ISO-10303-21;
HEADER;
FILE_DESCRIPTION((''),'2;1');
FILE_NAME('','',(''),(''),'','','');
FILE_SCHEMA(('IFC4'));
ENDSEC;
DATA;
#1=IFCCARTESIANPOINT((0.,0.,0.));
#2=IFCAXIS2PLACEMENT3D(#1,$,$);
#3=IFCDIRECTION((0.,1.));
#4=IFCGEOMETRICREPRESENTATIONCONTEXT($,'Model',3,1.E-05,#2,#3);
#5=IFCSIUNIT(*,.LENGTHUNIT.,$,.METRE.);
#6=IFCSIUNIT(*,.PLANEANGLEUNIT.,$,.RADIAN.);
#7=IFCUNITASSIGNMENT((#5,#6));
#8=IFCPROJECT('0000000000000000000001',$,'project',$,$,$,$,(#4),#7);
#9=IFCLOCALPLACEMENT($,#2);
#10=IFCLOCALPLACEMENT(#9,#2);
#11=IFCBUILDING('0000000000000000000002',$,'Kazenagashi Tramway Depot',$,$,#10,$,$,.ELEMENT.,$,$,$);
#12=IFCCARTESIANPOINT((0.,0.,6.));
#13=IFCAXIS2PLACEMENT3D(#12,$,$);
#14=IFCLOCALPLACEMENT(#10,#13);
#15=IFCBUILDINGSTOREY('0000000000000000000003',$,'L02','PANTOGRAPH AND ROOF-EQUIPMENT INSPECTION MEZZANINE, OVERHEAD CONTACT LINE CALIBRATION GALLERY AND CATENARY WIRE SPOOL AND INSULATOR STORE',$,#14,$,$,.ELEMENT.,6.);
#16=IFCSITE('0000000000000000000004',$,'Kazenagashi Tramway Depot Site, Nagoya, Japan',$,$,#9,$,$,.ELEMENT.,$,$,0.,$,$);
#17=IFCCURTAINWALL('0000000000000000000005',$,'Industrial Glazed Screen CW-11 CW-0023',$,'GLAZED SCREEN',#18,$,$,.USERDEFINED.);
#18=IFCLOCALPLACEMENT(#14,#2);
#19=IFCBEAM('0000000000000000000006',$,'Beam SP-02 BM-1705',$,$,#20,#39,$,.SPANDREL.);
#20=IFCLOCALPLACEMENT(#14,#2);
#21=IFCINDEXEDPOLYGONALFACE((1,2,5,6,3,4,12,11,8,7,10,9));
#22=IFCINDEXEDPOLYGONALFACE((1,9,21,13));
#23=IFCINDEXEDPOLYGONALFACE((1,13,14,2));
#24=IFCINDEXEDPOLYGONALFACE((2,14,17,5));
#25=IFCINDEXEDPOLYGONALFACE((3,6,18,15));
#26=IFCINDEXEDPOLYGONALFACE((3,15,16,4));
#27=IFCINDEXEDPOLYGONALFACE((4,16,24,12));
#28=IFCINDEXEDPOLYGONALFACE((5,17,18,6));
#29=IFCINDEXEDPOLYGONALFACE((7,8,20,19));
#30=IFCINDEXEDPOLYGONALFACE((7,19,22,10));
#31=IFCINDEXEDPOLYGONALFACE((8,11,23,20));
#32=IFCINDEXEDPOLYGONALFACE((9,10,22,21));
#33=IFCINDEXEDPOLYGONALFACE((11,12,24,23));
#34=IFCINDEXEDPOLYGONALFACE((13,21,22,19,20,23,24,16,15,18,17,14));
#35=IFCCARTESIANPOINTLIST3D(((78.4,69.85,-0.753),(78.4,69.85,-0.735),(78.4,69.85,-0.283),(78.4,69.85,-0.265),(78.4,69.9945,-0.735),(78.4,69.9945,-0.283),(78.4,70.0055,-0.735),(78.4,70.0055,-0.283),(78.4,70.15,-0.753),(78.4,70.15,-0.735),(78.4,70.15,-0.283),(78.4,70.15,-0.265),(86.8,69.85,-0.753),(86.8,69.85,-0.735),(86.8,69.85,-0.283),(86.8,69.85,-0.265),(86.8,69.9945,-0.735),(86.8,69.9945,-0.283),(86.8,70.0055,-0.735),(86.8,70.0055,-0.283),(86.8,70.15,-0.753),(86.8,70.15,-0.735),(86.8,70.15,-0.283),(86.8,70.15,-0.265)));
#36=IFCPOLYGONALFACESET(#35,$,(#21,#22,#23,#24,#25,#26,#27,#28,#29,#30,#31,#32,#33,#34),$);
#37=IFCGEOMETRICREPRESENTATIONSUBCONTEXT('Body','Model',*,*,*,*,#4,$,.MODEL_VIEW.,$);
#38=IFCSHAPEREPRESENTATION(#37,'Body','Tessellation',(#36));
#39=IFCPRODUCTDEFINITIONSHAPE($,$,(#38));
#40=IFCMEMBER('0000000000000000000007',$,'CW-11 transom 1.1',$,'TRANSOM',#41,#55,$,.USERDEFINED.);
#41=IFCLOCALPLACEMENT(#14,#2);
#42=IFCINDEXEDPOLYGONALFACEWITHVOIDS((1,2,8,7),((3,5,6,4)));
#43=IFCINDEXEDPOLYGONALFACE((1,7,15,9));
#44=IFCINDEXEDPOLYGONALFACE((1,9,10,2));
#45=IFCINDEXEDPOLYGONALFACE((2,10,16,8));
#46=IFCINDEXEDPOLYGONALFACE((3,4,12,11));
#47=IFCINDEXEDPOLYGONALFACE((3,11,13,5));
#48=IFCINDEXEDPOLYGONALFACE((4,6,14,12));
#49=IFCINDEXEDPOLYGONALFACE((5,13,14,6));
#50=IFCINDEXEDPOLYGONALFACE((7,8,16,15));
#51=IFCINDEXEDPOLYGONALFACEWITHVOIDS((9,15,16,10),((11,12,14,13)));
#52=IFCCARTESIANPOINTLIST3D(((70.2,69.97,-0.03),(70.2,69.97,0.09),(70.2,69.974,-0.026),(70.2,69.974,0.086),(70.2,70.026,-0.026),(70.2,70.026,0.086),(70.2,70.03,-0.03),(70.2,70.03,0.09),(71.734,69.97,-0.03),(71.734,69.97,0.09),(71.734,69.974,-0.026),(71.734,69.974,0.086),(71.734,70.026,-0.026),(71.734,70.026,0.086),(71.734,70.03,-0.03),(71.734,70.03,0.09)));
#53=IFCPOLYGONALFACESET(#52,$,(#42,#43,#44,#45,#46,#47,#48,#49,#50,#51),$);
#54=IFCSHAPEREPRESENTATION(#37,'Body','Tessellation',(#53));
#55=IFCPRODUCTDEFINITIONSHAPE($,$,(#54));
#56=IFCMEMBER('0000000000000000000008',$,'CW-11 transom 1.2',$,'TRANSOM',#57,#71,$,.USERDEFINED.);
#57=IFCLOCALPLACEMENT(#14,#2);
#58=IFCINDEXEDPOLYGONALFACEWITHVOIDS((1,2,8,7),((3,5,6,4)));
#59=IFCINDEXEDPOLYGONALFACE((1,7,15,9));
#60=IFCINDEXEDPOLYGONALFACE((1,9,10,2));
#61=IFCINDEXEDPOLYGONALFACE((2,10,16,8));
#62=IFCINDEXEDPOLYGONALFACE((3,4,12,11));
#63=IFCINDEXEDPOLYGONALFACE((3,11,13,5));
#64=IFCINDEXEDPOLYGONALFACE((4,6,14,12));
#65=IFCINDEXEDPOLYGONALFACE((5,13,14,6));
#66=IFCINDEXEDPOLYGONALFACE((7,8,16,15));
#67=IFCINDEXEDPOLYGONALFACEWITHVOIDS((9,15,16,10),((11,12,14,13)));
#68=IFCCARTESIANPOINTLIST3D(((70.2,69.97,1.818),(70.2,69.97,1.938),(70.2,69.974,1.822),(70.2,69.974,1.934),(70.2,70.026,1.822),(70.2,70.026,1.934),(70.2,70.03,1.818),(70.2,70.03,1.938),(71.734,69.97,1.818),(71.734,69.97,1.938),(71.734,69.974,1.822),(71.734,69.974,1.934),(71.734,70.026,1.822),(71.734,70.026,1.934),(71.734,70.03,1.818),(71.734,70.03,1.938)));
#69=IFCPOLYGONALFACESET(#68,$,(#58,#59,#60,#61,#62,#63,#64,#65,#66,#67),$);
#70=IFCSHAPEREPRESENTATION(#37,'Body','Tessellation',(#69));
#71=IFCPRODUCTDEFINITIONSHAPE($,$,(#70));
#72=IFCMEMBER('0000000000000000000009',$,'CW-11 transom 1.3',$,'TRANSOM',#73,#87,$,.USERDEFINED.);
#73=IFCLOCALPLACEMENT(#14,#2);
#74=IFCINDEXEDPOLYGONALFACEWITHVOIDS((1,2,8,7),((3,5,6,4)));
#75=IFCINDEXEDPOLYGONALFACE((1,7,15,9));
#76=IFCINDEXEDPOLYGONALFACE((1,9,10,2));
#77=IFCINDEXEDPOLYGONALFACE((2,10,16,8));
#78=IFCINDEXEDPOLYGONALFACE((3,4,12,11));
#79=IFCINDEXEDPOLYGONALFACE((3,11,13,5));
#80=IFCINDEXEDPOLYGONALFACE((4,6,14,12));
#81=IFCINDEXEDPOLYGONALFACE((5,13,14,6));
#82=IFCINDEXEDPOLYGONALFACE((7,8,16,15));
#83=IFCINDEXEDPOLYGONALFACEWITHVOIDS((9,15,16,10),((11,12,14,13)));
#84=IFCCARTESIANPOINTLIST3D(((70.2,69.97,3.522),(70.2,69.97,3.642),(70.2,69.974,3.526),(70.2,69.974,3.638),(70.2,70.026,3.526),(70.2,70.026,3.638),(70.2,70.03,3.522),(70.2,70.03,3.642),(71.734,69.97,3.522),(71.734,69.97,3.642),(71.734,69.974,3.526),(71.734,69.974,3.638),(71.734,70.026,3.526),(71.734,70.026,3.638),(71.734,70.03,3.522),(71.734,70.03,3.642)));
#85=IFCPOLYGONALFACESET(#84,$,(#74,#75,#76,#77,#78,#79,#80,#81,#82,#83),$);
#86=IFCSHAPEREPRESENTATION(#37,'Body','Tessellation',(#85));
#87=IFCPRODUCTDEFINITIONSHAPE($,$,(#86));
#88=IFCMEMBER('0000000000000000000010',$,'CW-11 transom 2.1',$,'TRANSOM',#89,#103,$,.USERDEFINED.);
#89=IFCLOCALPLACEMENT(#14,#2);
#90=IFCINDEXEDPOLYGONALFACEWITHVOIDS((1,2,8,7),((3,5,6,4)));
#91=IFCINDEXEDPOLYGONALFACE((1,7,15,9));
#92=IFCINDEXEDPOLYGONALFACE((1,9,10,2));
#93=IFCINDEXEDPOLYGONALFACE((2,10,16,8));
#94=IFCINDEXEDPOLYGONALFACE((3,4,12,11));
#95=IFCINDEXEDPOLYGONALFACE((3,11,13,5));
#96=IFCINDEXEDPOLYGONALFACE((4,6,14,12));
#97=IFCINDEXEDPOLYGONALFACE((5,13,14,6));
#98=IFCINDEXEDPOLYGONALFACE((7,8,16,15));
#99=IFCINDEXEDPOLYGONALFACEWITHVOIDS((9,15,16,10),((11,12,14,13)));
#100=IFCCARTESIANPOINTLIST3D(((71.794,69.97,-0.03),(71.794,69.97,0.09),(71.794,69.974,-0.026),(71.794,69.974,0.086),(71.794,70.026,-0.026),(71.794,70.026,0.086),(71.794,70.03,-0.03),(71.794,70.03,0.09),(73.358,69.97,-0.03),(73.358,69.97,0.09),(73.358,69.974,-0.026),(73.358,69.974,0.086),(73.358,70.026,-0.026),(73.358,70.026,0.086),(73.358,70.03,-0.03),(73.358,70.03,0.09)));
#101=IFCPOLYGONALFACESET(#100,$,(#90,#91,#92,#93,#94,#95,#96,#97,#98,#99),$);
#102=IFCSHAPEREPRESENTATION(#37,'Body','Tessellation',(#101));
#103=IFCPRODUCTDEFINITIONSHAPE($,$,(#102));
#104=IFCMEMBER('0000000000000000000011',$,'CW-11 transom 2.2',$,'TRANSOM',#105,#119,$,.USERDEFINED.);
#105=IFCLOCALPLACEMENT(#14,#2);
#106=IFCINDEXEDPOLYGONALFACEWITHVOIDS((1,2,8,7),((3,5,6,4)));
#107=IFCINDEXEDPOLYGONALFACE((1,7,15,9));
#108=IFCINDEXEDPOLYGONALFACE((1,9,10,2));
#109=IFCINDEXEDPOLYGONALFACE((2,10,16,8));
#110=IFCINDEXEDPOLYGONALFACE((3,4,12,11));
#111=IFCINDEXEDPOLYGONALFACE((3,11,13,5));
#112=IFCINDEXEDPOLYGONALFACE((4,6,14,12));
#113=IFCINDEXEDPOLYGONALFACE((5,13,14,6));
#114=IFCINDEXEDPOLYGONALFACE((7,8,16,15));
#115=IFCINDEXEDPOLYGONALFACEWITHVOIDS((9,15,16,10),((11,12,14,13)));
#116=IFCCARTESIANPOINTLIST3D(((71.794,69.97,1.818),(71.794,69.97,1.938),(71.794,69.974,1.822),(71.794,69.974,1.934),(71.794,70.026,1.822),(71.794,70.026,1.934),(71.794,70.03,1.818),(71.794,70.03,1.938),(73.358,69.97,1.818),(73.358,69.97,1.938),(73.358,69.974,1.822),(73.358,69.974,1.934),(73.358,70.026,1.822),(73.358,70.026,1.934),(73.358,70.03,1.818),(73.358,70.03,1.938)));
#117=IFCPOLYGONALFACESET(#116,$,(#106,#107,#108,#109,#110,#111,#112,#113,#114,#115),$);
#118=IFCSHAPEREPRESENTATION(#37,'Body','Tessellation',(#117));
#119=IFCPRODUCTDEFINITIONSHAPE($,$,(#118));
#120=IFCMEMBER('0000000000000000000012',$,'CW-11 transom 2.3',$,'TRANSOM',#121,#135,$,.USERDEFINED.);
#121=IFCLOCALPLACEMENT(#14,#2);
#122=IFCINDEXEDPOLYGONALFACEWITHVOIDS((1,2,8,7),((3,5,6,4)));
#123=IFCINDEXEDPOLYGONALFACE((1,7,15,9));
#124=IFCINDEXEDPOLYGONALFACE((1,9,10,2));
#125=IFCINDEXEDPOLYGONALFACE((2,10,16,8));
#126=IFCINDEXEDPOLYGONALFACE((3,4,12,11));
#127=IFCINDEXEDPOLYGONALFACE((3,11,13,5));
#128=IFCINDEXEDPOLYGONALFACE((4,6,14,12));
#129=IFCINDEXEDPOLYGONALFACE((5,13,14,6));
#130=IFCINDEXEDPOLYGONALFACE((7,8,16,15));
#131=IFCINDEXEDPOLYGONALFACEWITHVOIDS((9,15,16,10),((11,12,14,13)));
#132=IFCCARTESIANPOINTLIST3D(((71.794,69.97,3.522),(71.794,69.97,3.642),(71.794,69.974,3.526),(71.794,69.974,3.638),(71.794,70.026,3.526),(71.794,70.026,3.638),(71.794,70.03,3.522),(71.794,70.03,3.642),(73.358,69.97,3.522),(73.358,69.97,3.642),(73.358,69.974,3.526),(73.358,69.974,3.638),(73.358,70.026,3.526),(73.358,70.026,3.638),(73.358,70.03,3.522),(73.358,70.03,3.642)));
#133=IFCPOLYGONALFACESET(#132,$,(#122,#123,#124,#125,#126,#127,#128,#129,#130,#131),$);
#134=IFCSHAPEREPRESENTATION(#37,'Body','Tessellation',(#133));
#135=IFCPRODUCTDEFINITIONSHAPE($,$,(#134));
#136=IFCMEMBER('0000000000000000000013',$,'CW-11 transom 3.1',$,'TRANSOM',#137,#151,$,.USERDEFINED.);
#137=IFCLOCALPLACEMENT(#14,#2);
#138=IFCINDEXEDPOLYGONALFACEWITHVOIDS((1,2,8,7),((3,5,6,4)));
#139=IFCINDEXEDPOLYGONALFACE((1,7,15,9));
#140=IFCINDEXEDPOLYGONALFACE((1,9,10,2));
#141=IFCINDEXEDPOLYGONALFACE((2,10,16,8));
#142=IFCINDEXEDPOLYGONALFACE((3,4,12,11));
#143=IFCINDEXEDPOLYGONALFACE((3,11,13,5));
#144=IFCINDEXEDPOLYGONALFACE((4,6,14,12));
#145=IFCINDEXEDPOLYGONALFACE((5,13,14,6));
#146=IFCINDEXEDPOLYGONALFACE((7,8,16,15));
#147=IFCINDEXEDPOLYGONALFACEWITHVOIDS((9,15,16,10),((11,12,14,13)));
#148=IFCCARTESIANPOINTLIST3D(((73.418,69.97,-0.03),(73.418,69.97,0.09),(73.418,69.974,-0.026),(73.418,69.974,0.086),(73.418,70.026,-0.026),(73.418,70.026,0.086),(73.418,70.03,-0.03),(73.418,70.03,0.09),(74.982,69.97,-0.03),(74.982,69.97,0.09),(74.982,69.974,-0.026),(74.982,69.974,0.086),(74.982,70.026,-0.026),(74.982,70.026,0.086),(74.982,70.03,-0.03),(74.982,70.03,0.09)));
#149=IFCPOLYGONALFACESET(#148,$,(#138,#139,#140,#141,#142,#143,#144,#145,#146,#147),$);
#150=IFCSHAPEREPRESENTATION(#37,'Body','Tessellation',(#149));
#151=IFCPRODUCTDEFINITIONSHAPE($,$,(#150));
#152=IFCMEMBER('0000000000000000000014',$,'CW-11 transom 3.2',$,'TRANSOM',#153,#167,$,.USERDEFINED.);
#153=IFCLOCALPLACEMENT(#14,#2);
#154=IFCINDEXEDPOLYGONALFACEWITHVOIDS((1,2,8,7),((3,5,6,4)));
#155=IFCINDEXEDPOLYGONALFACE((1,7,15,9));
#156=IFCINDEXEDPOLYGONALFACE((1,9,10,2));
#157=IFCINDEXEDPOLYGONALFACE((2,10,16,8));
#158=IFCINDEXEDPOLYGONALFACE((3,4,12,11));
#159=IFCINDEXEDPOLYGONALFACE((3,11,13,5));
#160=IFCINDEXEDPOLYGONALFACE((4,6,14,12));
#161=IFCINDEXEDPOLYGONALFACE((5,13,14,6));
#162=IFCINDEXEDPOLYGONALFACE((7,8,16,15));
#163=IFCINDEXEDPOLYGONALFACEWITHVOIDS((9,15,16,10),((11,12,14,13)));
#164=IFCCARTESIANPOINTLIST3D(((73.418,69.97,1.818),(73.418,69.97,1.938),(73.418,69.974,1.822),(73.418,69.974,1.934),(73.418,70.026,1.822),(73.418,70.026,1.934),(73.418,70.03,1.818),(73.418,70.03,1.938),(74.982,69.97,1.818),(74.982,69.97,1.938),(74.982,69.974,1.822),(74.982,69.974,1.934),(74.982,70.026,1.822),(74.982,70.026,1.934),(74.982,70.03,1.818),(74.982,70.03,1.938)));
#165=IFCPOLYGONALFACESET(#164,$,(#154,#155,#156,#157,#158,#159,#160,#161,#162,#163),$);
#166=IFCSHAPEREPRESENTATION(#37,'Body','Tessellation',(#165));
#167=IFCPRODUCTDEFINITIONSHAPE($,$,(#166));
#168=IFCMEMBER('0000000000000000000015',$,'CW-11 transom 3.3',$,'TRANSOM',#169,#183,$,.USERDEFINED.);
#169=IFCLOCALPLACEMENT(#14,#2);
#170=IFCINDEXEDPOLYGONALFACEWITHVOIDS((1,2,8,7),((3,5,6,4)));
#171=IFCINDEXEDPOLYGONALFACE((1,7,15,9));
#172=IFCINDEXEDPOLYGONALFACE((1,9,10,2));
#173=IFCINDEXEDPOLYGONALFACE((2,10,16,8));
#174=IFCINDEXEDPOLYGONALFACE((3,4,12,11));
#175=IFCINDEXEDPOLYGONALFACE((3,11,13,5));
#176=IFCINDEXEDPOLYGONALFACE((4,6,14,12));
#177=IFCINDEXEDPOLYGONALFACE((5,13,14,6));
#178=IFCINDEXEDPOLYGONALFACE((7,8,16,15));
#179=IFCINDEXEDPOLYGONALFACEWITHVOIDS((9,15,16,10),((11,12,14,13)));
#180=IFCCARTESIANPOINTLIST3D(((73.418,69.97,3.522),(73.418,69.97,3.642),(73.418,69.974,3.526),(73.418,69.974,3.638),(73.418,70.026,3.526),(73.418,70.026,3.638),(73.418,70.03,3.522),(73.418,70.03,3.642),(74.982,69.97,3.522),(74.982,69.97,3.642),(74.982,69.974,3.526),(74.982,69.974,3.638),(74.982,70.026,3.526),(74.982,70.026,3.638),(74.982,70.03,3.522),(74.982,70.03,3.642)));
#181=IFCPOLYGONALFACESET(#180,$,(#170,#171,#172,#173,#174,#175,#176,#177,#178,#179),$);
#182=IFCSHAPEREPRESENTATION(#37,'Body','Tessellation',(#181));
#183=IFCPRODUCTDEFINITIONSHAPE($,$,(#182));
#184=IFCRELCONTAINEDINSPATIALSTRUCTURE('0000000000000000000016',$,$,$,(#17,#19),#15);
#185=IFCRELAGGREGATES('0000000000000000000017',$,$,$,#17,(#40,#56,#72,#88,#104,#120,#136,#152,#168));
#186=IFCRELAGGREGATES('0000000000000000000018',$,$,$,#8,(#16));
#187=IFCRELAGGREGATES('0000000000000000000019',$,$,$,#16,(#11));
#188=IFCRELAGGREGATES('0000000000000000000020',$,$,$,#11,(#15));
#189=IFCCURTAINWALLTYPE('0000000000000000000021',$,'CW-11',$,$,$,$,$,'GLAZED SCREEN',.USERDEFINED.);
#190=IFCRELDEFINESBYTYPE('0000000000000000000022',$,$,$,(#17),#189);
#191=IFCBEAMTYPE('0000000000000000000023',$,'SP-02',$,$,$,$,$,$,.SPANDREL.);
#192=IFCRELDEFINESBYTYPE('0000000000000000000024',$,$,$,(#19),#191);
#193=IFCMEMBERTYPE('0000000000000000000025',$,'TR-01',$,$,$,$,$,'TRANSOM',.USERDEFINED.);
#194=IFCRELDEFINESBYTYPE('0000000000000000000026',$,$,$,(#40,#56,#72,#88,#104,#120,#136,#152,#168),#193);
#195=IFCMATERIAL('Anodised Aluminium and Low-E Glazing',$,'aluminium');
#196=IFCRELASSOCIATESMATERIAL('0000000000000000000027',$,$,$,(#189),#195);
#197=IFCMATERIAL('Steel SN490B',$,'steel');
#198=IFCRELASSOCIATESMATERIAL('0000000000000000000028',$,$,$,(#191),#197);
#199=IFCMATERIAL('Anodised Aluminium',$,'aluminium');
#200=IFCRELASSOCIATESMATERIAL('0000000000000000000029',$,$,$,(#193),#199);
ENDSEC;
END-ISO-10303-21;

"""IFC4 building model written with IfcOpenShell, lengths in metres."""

from ifc_helpers import new_model, si_unit, direction, frame, origin, origin_2d, place, context, subcontext, project, spatial, hollow_rectangle, i_section, extrude, material, material_profile, profile_set, type_object, element, aggregate, save


model = new_model("IFC4")

# Units and contexts
model_context = context("Model", 3, precision=1e-05, world=origin(), true_north=direction((0.0, 1.0)))
body_context = subcontext(model_context, "Body", "Model", "MODEL_VIEW")
ifc_project = project(units=[si_unit("LENGTHUNIT", "METRE"), si_unit("PLANEANGLEUNIT", "RADIAN")], contexts=[model_context])

# Site, building, storey
site_placement = place(None, origin())
site = spatial("IfcSite", under=ifc_project, at=site_placement, Name="Kazenagashi Tramway Depot Site, Nagoya, Japan", CompositionType="ELEMENT", RefElevation=0.0)
building_placement = place(site_placement, origin())
building = spatial("IfcBuilding", under=site, at=building_placement, Name="Kazenagashi Tramway Depot", CompositionType="ELEMENT")
storey_placement = place(building_placement, frame((0.0, 0.0, 6.0)))
storey = spatial("IfcBuildingStorey", under=building, at=storey_placement, Name="L02", Description="PANTOGRAPH AND ROOF-EQUIPMENT INSPECTION MEZZANINE, OVERHEAD CONTACT LINE CALIBRATION GALLERY AND CATENARY WIRE SPOOL AND INSULATOR STORE", CompositionType="ELEMENT", Elevation=6.0)

# Shared definitions
ifc_material_1 = material(Name="Steel SN490B", Category="steel")

# Curtain wall
ifc_material_2 = material(Name="Anodised Aluminium and Low-E Glazing", Category="aluminium")
curtain_wall_type = type_object("IfcCurtainWallType", Name="CW-11", ElementType="GLAZED SCREEN", PredefinedType="USERDEFINED", material=ifc_material_2)
curtain_wall_placement = place(storey_placement, origin())
curtain_wall = element("IfcCurtainWall", 1, at=curtain_wall_placement, inside=storey, type_object=curtain_wall_type, Name="Industrial Glazed Screen CW-11 CW-0023", ObjectType="GLAZED SCREEN", PredefinedType="USERDEFINED")
ifc_material_3 = material(Name="Anodised Aluminium", Category="aluminium")

# Beam
ifc_material_profile_1 = material_profile(ifc_material_1, i_section(OverallWidth=0.3, OverallDepth=0.488, WebThickness=0.011, FlangeThickness=0.018, at=origin_2d()), Name="H-488x300x11x18")
ifc_profile_set_1 = profile_set([ifc_material_profile_1], Name="Steel SN490B")
beam_type_1 = type_object("IfcBeamType", Name="SP-02", PredefinedType="SPANDREL", material=ifc_profile_set_1)
beam_1_placement = place(storey_placement, frame((78.4, 70.0, -0.509), z_axis=(1.0, 0.0, 0.0), x_axis=(0.0, 1.0, 0.0)))
element("IfcBeam", 2, at=beam_1_placement, inside=storey, type_object=beam_type_1, Name="Beam SP-02 BM-1705", PredefinedType="SPANDREL", context=body_context, shape_type="SweptSolid", body=[
    extrude(i_section(OverallWidth=0.3, OverallDepth=0.488, WebThickness=0.011, FlangeThickness=0.018, at=origin_2d()), origin(), (0.0, 0.0, 1.0), 8.4),
])

# Members
ifc_material_profile_2 = material_profile(ifc_material_3, hollow_rectangle(XDim=0.06, YDim=0.12, WallThickness=0.004, at=origin_2d()), Name="RHS-120x60x4")
ifc_profile_set_2 = profile_set([ifc_material_profile_2], Name="Anodised Aluminium")
member_type_1 = type_object("IfcMemberType", Name="TR-01", ElementType="TRANSOM", PredefinedType="USERDEFINED", material=ifc_profile_set_2)
member_1_placement = place(storey_placement, frame((70.2, 70.0, 0.03), z_axis=(1.0, 0.0, 0.0), x_axis=(0.0, 1.0, 0.0)))
member_1 = element("IfcMember", 3, at=member_1_placement, type_object=member_type_1, Name="CW-11 transom 1.1", ObjectType="TRANSOM", PredefinedType="USERDEFINED", context=body_context, shape_type="SweptSolid", body=[
    extrude(hollow_rectangle(XDim=0.06, YDim=0.12, WallThickness=0.004, at=origin_2d()), origin(), (0.0, 0.0, 1.0), 1.534),
])
member_2_placement = place(storey_placement, frame((70.2, 70.0, 1.878), z_axis=(1.0, 0.0, 0.0), x_axis=(0.0, 1.0, 0.0)))
member_2 = element("IfcMember", 4, at=member_2_placement, type_object=member_type_1, Name="CW-11 transom 1.2", ObjectType="TRANSOM", PredefinedType="USERDEFINED", context=body_context, shape_type="SweptSolid", body=[
    extrude(hollow_rectangle(XDim=0.06, YDim=0.12, WallThickness=0.004, at=origin_2d()), origin(), (0.0, 0.0, 1.0), 1.534),
])
member_3_placement = place(storey_placement, frame((70.2, 70.0, 3.582), z_axis=(1.0, 0.0, 0.0), x_axis=(0.0, 1.0, 0.0)))
member_3 = element("IfcMember", 5, at=member_3_placement, type_object=member_type_1, Name="CW-11 transom 1.3", ObjectType="TRANSOM", PredefinedType="USERDEFINED", context=body_context, shape_type="SweptSolid", body=[
    extrude(hollow_rectangle(XDim=0.06, YDim=0.12, WallThickness=0.004, at=origin_2d()), origin(), (0.0, 0.0, 1.0), 1.534),
])
member_4_placement = place(storey_placement, frame((71.794, 70.0, 0.03), z_axis=(1.0, 0.0, 0.0), x_axis=(0.0, 1.0, 0.0)))
member_4 = element("IfcMember", 6, at=member_4_placement, type_object=member_type_1, Name="CW-11 transom 2.1", ObjectType="TRANSOM", PredefinedType="USERDEFINED", context=body_context, shape_type="SweptSolid", body=[
    extrude(hollow_rectangle(XDim=0.06, YDim=0.12, WallThickness=0.004, at=origin_2d()), origin(), (0.0, 0.0, 1.0), 1.564),
])
member_5_placement = place(storey_placement, frame((71.794, 70.0, 1.878), z_axis=(1.0, 0.0, 0.0), x_axis=(0.0, 1.0, 0.0)))
member_5 = element("IfcMember", 7, at=member_5_placement, type_object=member_type_1, Name="CW-11 transom 2.2", ObjectType="TRANSOM", PredefinedType="USERDEFINED", context=body_context, shape_type="SweptSolid", body=[
    extrude(hollow_rectangle(XDim=0.06, YDim=0.12, WallThickness=0.004, at=origin_2d()), origin(), (0.0, 0.0, 1.0), 1.564),
])
member_6_placement = place(storey_placement, frame((71.794, 70.0, 3.582), z_axis=(1.0, 0.0, 0.0), x_axis=(0.0, 1.0, 0.0)))
member_6 = element("IfcMember", 8, at=member_6_placement, type_object=member_type_1, Name="CW-11 transom 2.3", ObjectType="TRANSOM", PredefinedType="USERDEFINED", context=body_context, shape_type="SweptSolid", body=[
    extrude(hollow_rectangle(XDim=0.06, YDim=0.12, WallThickness=0.004, at=origin_2d()), origin(), (0.0, 0.0, 1.0), 1.564),
])
member_7_placement = place(storey_placement, frame((73.418, 70.0, 0.03), z_axis=(1.0, 0.0, 0.0), x_axis=(0.0, 1.0, 0.0)))
member_7 = element("IfcMember", 9, at=member_7_placement, type_object=member_type_1, Name="CW-11 transom 3.1", ObjectType="TRANSOM", PredefinedType="USERDEFINED", context=body_context, shape_type="SweptSolid", body=[
    extrude(hollow_rectangle(XDim=0.06, YDim=0.12, WallThickness=0.004, at=origin_2d()), origin(), (0.0, 0.0, 1.0), 1.564),
])
member_8_placement = place(storey_placement, frame((73.418, 70.0, 1.878), z_axis=(1.0, 0.0, 0.0), x_axis=(0.0, 1.0, 0.0)))
member_8 = element("IfcMember", 10, at=member_8_placement, type_object=member_type_1, Name="CW-11 transom 3.2", ObjectType="TRANSOM", PredefinedType="USERDEFINED", context=body_context, shape_type="SweptSolid", body=[
    extrude(hollow_rectangle(XDim=0.06, YDim=0.12, WallThickness=0.004, at=origin_2d()), origin(), (0.0, 0.0, 1.0), 1.564),
])
member_9_placement = place(storey_placement, frame((73.418, 70.0, 3.582), z_axis=(1.0, 0.0, 0.0), x_axis=(0.0, 1.0, 0.0)))
member_9 = element("IfcMember", 11, at=member_9_placement, type_object=member_type_1, Name="CW-11 transom 3.3", ObjectType="TRANSOM", PredefinedType="USERDEFINED", context=body_context, shape_type="SweptSolid", body=[
    extrude(hollow_rectangle(XDim=0.06, YDim=0.12, WallThickness=0.004, at=origin_2d()), origin(), (0.0, 0.0, 1.0), 1.564),
])

aggregate(curtain_wall, [member_1, member_2, member_3, member_4, member_5, member_6, member_7, member_8, member_9])

save(model, "model.ifc")
